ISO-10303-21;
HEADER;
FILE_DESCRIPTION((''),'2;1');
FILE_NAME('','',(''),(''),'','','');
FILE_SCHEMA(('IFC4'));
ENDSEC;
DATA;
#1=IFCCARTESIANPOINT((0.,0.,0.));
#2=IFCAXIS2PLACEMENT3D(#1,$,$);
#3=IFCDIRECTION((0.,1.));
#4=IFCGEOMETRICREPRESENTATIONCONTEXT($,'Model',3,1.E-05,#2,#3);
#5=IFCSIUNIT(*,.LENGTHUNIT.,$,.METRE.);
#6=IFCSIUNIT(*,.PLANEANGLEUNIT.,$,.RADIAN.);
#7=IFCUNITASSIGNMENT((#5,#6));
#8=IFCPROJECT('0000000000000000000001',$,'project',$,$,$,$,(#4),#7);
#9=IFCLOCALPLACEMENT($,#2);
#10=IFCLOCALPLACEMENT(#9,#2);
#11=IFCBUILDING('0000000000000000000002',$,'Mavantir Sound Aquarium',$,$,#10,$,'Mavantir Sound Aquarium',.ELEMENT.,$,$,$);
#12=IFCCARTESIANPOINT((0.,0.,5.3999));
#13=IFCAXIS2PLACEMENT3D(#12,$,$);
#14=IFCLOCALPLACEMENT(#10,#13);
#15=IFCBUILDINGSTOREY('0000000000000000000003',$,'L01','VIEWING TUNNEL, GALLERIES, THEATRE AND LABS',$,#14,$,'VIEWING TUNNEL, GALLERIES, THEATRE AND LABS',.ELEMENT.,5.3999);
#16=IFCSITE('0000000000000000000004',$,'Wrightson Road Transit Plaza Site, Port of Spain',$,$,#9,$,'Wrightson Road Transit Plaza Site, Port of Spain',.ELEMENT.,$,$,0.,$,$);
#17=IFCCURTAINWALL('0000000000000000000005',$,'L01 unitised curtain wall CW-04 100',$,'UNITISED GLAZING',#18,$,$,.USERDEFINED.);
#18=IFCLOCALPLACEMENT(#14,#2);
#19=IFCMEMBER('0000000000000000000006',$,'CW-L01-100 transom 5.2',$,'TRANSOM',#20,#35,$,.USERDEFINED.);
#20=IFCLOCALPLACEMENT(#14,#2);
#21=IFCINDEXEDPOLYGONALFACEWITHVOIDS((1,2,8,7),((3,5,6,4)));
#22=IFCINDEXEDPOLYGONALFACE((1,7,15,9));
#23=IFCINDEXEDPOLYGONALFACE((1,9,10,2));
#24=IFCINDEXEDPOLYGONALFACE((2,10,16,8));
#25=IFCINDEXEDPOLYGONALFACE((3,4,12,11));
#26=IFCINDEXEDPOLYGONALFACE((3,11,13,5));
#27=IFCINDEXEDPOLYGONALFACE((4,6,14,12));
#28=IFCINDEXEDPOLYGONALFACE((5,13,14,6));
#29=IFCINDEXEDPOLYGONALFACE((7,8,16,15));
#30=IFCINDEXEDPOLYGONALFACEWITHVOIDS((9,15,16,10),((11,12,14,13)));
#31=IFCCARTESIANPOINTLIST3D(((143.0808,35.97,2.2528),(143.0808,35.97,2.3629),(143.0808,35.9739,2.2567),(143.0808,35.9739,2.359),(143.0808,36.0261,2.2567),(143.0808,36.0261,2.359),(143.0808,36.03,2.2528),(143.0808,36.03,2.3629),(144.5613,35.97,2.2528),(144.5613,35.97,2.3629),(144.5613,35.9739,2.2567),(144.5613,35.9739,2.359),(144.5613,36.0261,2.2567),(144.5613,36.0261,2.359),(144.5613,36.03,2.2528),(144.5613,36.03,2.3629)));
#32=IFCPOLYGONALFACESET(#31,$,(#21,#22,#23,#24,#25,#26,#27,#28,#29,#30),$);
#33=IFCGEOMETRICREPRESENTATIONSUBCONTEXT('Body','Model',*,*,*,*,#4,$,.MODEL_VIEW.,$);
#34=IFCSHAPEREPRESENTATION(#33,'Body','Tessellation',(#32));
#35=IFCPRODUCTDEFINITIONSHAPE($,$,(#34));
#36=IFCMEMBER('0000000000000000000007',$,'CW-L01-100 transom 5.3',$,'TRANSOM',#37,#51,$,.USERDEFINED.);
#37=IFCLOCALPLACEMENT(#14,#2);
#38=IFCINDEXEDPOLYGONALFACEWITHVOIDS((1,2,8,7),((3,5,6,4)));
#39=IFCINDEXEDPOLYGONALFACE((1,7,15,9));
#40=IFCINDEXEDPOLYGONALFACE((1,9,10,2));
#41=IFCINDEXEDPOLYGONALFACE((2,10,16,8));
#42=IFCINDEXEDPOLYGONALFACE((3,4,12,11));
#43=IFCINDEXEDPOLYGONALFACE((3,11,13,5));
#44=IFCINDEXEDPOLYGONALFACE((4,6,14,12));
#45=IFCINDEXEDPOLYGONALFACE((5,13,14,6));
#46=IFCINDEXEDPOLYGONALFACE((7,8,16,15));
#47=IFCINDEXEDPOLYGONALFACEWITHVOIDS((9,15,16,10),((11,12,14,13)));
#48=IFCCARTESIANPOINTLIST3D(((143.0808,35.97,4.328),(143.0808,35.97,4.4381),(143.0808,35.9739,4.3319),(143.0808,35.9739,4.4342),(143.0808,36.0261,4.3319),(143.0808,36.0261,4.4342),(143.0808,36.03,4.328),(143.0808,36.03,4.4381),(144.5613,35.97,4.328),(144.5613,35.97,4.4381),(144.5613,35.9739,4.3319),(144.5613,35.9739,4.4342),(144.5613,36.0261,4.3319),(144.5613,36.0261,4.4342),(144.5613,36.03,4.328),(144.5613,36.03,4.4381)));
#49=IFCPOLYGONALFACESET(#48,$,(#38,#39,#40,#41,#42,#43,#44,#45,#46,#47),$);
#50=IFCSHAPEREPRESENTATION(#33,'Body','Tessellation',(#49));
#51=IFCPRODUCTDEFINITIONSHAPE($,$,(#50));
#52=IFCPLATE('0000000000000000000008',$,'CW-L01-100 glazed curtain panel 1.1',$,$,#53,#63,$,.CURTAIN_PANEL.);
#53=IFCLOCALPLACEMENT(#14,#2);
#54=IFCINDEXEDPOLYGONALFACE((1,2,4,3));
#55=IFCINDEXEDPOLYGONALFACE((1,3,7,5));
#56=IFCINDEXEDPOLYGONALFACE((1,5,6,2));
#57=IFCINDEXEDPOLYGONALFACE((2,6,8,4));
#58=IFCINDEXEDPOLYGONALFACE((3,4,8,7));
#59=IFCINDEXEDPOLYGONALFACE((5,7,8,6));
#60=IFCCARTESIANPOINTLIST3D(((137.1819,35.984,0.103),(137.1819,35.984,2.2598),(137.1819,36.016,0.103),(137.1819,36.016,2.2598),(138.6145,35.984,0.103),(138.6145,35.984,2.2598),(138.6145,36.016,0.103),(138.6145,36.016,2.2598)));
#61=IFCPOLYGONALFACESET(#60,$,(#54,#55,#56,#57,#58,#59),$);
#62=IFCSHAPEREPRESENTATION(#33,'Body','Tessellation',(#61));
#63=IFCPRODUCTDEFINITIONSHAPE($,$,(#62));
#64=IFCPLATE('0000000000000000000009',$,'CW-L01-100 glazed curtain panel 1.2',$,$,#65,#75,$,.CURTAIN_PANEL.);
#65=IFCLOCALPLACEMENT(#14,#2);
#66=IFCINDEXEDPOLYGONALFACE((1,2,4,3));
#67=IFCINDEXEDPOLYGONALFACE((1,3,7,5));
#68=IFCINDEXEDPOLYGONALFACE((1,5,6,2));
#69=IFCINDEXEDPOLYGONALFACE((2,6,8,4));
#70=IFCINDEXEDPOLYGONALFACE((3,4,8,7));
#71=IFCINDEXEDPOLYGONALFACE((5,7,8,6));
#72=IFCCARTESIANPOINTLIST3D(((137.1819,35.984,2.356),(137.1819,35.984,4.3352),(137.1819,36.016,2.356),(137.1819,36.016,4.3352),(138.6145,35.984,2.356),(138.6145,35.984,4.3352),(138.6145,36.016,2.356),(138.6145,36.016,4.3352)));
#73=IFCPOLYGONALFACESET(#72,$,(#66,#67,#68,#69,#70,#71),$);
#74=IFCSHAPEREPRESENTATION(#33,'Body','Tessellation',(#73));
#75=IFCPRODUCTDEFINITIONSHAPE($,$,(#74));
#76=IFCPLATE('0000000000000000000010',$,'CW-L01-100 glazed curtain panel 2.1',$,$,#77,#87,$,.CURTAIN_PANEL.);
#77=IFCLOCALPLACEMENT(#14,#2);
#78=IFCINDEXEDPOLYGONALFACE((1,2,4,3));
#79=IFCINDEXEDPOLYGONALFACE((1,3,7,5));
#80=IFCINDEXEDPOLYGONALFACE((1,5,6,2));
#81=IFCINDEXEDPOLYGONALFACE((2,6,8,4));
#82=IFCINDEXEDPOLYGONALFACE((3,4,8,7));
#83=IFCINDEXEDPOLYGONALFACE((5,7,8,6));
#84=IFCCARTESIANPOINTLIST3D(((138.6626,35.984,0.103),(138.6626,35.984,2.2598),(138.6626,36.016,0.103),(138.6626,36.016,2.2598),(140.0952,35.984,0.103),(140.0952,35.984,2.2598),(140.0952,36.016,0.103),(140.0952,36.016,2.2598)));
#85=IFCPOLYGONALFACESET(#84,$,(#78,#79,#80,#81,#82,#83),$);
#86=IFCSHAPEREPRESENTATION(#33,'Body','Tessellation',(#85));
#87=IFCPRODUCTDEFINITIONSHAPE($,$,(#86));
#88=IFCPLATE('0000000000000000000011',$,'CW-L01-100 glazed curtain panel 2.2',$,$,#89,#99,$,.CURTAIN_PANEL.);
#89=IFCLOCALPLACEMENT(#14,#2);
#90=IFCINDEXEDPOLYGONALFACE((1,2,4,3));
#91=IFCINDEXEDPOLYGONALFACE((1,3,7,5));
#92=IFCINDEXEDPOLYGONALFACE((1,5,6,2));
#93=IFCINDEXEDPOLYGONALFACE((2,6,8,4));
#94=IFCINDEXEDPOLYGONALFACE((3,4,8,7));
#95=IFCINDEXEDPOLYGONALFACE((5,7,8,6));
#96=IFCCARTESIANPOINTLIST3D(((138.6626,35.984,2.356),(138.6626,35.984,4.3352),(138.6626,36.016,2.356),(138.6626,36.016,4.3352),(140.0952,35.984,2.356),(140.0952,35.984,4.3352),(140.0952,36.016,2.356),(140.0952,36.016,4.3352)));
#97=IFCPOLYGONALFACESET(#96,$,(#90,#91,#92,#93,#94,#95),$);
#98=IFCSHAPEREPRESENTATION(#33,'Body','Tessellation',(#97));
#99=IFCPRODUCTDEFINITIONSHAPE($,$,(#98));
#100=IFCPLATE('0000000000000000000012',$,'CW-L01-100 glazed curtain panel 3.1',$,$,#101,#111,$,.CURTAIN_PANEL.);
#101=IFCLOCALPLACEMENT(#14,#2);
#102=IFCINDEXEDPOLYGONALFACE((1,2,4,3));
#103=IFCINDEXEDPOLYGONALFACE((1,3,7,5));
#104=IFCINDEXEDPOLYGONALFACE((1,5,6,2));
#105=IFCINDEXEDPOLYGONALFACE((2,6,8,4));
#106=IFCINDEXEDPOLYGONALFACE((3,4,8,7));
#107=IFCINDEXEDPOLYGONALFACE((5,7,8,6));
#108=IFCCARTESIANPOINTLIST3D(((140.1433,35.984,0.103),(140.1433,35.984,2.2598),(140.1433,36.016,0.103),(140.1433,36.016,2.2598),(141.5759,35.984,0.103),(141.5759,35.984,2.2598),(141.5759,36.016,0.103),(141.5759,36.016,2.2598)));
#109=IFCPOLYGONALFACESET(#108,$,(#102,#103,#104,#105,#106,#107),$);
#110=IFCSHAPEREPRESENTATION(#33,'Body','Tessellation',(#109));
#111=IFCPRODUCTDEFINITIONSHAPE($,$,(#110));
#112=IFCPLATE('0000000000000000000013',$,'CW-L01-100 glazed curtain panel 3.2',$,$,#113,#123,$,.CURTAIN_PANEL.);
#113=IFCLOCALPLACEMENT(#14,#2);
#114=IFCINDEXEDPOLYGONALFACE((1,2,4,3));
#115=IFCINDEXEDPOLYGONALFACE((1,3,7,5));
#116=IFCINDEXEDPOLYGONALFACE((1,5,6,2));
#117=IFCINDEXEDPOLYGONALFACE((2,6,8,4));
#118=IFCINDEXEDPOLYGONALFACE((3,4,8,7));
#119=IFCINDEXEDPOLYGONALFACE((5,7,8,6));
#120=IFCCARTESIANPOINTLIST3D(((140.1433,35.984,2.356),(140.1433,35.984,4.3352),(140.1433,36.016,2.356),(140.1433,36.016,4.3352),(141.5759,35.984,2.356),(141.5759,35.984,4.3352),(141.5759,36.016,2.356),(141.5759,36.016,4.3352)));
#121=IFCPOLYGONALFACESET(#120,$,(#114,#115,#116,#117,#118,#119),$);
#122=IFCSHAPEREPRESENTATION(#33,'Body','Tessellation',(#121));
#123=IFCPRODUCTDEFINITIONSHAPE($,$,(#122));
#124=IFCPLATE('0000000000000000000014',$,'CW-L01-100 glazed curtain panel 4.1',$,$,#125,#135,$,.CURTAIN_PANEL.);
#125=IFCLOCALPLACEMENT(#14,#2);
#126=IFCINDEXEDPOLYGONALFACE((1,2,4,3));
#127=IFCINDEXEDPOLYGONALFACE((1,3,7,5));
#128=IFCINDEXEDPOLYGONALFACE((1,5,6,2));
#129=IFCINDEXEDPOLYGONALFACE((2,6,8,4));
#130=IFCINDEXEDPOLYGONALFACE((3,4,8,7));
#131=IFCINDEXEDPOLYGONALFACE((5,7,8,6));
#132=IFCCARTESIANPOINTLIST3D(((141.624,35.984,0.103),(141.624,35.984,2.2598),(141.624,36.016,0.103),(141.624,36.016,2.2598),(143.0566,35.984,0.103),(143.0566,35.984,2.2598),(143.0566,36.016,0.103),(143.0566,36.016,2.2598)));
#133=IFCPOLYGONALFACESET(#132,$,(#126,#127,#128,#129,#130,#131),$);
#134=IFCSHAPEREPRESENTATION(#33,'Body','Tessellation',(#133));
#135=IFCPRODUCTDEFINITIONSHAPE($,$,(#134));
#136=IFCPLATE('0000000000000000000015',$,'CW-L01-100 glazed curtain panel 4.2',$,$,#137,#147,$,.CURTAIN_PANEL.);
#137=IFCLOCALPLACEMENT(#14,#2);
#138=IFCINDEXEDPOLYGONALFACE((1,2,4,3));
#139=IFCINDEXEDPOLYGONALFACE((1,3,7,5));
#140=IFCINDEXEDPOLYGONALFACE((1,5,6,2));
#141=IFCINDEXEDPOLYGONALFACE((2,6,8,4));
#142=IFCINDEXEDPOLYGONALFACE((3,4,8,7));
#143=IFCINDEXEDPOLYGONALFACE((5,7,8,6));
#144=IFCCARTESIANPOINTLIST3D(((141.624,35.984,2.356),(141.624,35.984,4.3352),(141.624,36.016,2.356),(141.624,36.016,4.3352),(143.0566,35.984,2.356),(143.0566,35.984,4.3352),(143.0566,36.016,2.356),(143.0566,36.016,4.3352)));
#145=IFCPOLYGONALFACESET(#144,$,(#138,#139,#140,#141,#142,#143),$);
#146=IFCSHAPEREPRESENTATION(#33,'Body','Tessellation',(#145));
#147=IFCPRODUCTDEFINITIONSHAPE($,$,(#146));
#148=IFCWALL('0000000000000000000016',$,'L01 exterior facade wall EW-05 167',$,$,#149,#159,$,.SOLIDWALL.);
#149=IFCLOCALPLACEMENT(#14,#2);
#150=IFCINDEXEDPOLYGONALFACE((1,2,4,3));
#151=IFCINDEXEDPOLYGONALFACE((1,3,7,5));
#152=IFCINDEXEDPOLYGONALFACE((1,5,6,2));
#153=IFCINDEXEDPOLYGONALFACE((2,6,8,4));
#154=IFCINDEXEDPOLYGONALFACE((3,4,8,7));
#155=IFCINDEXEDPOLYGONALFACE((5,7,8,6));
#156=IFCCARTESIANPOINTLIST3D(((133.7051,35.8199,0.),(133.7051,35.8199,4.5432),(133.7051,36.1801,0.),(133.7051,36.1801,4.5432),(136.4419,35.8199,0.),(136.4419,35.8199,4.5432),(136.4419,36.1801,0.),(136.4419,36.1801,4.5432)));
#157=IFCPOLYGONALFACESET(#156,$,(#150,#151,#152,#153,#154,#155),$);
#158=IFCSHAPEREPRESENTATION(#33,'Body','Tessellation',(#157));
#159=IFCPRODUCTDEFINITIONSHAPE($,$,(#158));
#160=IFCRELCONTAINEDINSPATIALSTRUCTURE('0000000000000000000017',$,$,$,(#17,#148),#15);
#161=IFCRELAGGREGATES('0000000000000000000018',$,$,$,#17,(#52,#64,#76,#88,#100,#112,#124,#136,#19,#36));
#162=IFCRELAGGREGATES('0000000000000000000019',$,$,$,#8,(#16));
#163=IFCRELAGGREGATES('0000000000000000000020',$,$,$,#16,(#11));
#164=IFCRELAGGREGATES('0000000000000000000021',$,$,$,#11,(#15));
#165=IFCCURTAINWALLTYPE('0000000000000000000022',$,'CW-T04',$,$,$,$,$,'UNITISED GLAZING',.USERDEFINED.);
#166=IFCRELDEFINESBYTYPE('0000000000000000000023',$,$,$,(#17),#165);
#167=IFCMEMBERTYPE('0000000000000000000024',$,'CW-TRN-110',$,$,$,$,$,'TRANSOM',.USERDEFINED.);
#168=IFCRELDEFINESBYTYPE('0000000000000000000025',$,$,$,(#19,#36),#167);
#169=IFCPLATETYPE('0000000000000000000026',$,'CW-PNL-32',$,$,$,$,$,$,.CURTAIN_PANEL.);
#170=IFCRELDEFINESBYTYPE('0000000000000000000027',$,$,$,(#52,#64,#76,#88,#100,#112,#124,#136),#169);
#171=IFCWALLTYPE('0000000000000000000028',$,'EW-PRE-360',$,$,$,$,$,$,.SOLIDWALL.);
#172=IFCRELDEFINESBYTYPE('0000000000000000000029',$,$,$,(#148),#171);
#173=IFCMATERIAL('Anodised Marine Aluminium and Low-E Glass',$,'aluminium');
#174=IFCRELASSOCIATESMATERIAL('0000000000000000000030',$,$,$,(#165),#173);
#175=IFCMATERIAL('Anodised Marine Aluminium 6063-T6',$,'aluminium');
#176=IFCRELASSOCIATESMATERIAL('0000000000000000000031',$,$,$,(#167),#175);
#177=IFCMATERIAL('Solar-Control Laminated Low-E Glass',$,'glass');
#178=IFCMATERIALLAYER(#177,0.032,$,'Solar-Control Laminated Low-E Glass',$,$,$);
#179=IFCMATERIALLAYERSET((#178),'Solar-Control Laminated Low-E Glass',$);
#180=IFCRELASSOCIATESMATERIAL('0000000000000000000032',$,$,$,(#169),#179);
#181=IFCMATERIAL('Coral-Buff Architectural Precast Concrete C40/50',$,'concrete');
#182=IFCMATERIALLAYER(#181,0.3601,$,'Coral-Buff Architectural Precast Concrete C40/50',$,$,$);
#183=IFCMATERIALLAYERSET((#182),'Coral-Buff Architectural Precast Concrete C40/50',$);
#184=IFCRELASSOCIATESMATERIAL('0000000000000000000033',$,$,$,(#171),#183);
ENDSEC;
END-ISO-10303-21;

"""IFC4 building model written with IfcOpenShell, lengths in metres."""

from ifc_helpers import new_model, si_unit, direction, frame, frame_2d, origin, origin_2d, place, context, subcontext, project, spatial, rectangle, hollow_rectangle, extrude, material, layer, layer_set, material_profile, profile_set, type_object, element, aggregate, save


model = new_model("IFC4")

# Units and contexts
model_context = context("Model", 3, precision=1e-05, world=origin(), true_north=direction((0.0, 1.0)))
body_context = subcontext(model_context, "Body", "Model", "MODEL_VIEW")
ifc_project = project(units=[si_unit("LENGTHUNIT", "METRE"), si_unit("PLANEANGLEUNIT", "RADIAN")], contexts=[model_context])

# Site, building, storey
site_placement = place(None, origin())
site = spatial("IfcSite", under=ifc_project, at=site_placement, Name="Wrightson Road Transit Plaza Site, Port of Spain", LongName="Wrightson Road Transit Plaza Site, Port of Spain", CompositionType="ELEMENT", RefElevation=0.0)
building_placement = place(site_placement, origin())
building = spatial("IfcBuilding", under=site, at=building_placement, Name="Mavantir Sound Aquarium", LongName="Mavantir Sound Aquarium", CompositionType="ELEMENT")
storey_placement = place(building_placement, frame((0.0, 0.0, 5.3999)))
storey = spatial("IfcBuildingStorey", under=building, at=storey_placement, Name="L01", Description="VIEWING TUNNEL, GALLERIES, THEATRE AND LABS", LongName="VIEWING TUNNEL, GALLERIES, THEATRE AND LABS", CompositionType="ELEMENT", Elevation=5.3999)

# Curtain wall, members, plates
ifc_material_1 = material(Name="Anodised Marine Aluminium and Low-E Glass", Category="aluminium")
curtain_wall_type = type_object("IfcCurtainWallType", Name="CW-T04", ElementType="UNITISED GLAZING", PredefinedType="USERDEFINED", material=ifc_material_1)
curtain_wall_placement = place(storey_placement, origin())
curtain_wall = element("IfcCurtainWall", 1, at=curtain_wall_placement, inside=storey, type_object=curtain_wall_type, Name="L01 unitised curtain wall CW-04 100", ObjectType="UNITISED GLAZING", PredefinedType="USERDEFINED")
ifc_material_2 = material(Name="Anodised Marine Aluminium 6063-T6", Category="aluminium")
ifc_material_profile_1 = material_profile(ifc_material_2, hollow_rectangle(XDim=0.0601, YDim=0.1101, WallThickness=0.0039, at=origin_2d()), Name="ALU-TRANSOM-110X60")
ifc_profile_set_1 = profile_set([ifc_material_profile_1], Name="Anodised Marine Aluminium 6063-T6")
member_type_1 = type_object("IfcMemberType", Name="CW-TRN-110", ElementType="TRANSOM", PredefinedType="USERDEFINED", material=ifc_profile_set_1)
member_1_placement = place(storey_placement, frame((143.0808, 36.0, 2.3079), z_axis=(1.0, 0.0, 0.0), x_axis=(0.0, 1.0, 0.0)))
member_1 = element("IfcMember", 2, at=member_1_placement, type_object=member_type_1, Name="CW-L01-100 transom 5.2", ObjectType="TRANSOM", PredefinedType="USERDEFINED", context=body_context, shape_type="SweptSolid", body=[
    extrude(hollow_rectangle(XDim=0.0601, YDim=0.1101, WallThickness=0.0039, at=origin_2d()), origin(), (0.0, 0.0, 1.0), 1.4805),
])
member_2_placement = place(storey_placement, frame((143.0808, 36.0, 4.3831), z_axis=(1.0, 0.0, 0.0), x_axis=(0.0, 1.0, 0.0)))
member_2 = element("IfcMember", 3, at=member_2_placement, type_object=member_type_1, Name="CW-L01-100 transom 5.3", ObjectType="TRANSOM", PredefinedType="USERDEFINED", context=body_context, shape_type="SweptSolid", body=[
    extrude(hollow_rectangle(XDim=0.0601, YDim=0.1101, WallThickness=0.0039, at=origin_2d()), origin(), (0.0, 0.0, 1.0), 1.4805),
])
ifc_material_3 = material(Name="Solar-Control Laminated Low-E Glass", Category="glass")
ifc_layer_1 = layer(ifc_material_3, 0.032, Name="Solar-Control Laminated Low-E Glass")
ifc_layer_set_1 = layer_set([ifc_layer_1], Name="Solar-Control Laminated Low-E Glass")
plate_type = type_object("IfcPlateType", Name="CW-PNL-32", PredefinedType="CURTAIN_PANEL", material=ifc_layer_set_1)
plate_1_placement = place(storey_placement, frame((137.8982, 36.0, 0.103), z_axis=(0.0, 0.0, 1.0), x_axis=(1.0, 0.0, 0.0)))
plate_1 = element("IfcPlate", 4, at=plate_1_placement, type_object=plate_type, Name="CW-L01-100 glazed curtain panel 1.1", PredefinedType="CURTAIN_PANEL", context=body_context, shape_type="SweptSolid", body=[
    extrude(rectangle(XDim=1.4326, YDim=0.032, at=origin_2d()), origin(), (0.0, 0.0, 1.0), 2.1567),
])
plate_2_placement = place(storey_placement, frame((137.8982, 36.0, 2.356), z_axis=(0.0, 0.0, 1.0), x_axis=(1.0, 0.0, 0.0)))
plate_2 = element("IfcPlate", 5, at=plate_2_placement, type_object=plate_type, Name="CW-L01-100 glazed curtain panel 1.2", PredefinedType="CURTAIN_PANEL", context=body_context, shape_type="SweptSolid", body=[
    extrude(rectangle(XDim=1.4326, YDim=0.032, at=origin_2d()), origin(), (0.0, 0.0, 1.0), 1.9792),
])
plate_3_placement = place(storey_placement, frame((139.3789, 36.0, 0.103), z_axis=(0.0, 0.0, 1.0), x_axis=(1.0, 0.0, 0.0)))
plate_3 = element("IfcPlate", 6, at=plate_3_placement, type_object=plate_type, Name="CW-L01-100 glazed curtain panel 2.1", PredefinedType="CURTAIN_PANEL", context=body_context, shape_type="SweptSolid", body=[
    extrude(rectangle(XDim=1.4326, YDim=0.032, at=origin_2d()), origin(), (0.0, 0.0, 1.0), 2.1567),
])
plate_4_placement = place(storey_placement, frame((139.3789, 36.0, 2.356), z_axis=(0.0, 0.0, 1.0), x_axis=(1.0, 0.0, 0.0)))
plate_4 = element("IfcPlate", 7, at=plate_4_placement, type_object=plate_type, Name="CW-L01-100 glazed curtain panel 2.2", PredefinedType="CURTAIN_PANEL", context=body_context, shape_type="SweptSolid", body=[
    extrude(rectangle(XDim=1.4326, YDim=0.032, at=origin_2d()), origin(), (0.0, 0.0, 1.0), 1.9792),
])
plate_5_placement = place(storey_placement, frame((140.8596, 36.0, 0.103), z_axis=(0.0, 0.0, 1.0), x_axis=(1.0, 0.0, 0.0)))
plate_5 = element("IfcPlate", 8, at=plate_5_placement, type_object=plate_type, Name="CW-L01-100 glazed curtain panel 3.1", PredefinedType="CURTAIN_PANEL", context=body_context, shape_type="SweptSolid", body=[
    extrude(rectangle(XDim=1.4326, YDim=0.032, at=origin_2d()), origin(), (0.0, 0.0, 1.0), 2.1567),
])
plate_6_placement = place(storey_placement, frame((140.8596, 36.0, 2.356), z_axis=(0.0, 0.0, 1.0), x_axis=(1.0, 0.0, 0.0)))
plate_6 = element("IfcPlate", 9, at=plate_6_placement, type_object=plate_type, Name="CW-L01-100 glazed curtain panel 3.2", PredefinedType="CURTAIN_PANEL", context=body_context, shape_type="SweptSolid", body=[
    extrude(rectangle(XDim=1.4326, YDim=0.032, at=origin_2d()), origin(), (0.0, 0.0, 1.0), 1.9792),
])
plate_7_placement = place(storey_placement, frame((142.3403, 36.0, 0.103), z_axis=(0.0, 0.0, 1.0), x_axis=(1.0, 0.0, 0.0)))
plate_7 = element("IfcPlate", 10, at=plate_7_placement, type_object=plate_type, Name="CW-L01-100 glazed curtain panel 4.1", PredefinedType="CURTAIN_PANEL", context=body_context, shape_type="SweptSolid", body=[
    extrude(rectangle(XDim=1.4326, YDim=0.032, at=origin_2d()), origin(), (0.0, 0.0, 1.0), 2.1567),
])
plate_8_placement = place(storey_placement, frame((142.3403, 36.0, 2.356), z_axis=(0.0, 0.0, 1.0), x_axis=(1.0, 0.0, 0.0)))
plate_8 = element("IfcPlate", 11, at=plate_8_placement, type_object=plate_type, Name="CW-L01-100 glazed curtain panel 4.2", PredefinedType="CURTAIN_PANEL", context=body_context, shape_type="SweptSolid", body=[
    extrude(rectangle(XDim=1.4326, YDim=0.032, at=origin_2d()), origin(), (0.0, 0.0, 1.0), 1.9792),
])
aggregate(curtain_wall, [plate_1, plate_2, plate_3, plate_4, plate_5, plate_6, plate_7, plate_8, member_1, member_2])

# Wall
ifc_material_4 = material(Name="Coral-Buff Architectural Precast Concrete C40/50", Category="concrete")
ifc_layer_2 = layer(ifc_material_4, 0.3601, Name="Coral-Buff Architectural Precast Concrete C40/50")
ifc_layer_set_2 = layer_set([ifc_layer_2], Name="Coral-Buff Architectural Precast Concrete C40/50")
wall_type = type_object("IfcWallType", Name="EW-PRE-360", PredefinedType="SOLIDWALL", material=ifc_layer_set_2)
wall_placement = place(storey_placement, frame((133.7051, 36.0, 0.0), z_axis=(0.0, 0.0, 1.0), x_axis=(1.0, 0.0, 0.0)))
element("IfcWall", 12, at=wall_placement, inside=storey, type_object=wall_type, Name="L01 exterior facade wall EW-05 167", PredefinedType="SOLIDWALL", context=body_context, shape_type="SweptSolid", body=[
    extrude(rectangle(XDim=2.7368, YDim=0.3601, at=frame_2d((1.3684, 0.0))), origin(), (0.0, 0.0, 1.0), 4.5432),
])

save(model, "model.ifc")
